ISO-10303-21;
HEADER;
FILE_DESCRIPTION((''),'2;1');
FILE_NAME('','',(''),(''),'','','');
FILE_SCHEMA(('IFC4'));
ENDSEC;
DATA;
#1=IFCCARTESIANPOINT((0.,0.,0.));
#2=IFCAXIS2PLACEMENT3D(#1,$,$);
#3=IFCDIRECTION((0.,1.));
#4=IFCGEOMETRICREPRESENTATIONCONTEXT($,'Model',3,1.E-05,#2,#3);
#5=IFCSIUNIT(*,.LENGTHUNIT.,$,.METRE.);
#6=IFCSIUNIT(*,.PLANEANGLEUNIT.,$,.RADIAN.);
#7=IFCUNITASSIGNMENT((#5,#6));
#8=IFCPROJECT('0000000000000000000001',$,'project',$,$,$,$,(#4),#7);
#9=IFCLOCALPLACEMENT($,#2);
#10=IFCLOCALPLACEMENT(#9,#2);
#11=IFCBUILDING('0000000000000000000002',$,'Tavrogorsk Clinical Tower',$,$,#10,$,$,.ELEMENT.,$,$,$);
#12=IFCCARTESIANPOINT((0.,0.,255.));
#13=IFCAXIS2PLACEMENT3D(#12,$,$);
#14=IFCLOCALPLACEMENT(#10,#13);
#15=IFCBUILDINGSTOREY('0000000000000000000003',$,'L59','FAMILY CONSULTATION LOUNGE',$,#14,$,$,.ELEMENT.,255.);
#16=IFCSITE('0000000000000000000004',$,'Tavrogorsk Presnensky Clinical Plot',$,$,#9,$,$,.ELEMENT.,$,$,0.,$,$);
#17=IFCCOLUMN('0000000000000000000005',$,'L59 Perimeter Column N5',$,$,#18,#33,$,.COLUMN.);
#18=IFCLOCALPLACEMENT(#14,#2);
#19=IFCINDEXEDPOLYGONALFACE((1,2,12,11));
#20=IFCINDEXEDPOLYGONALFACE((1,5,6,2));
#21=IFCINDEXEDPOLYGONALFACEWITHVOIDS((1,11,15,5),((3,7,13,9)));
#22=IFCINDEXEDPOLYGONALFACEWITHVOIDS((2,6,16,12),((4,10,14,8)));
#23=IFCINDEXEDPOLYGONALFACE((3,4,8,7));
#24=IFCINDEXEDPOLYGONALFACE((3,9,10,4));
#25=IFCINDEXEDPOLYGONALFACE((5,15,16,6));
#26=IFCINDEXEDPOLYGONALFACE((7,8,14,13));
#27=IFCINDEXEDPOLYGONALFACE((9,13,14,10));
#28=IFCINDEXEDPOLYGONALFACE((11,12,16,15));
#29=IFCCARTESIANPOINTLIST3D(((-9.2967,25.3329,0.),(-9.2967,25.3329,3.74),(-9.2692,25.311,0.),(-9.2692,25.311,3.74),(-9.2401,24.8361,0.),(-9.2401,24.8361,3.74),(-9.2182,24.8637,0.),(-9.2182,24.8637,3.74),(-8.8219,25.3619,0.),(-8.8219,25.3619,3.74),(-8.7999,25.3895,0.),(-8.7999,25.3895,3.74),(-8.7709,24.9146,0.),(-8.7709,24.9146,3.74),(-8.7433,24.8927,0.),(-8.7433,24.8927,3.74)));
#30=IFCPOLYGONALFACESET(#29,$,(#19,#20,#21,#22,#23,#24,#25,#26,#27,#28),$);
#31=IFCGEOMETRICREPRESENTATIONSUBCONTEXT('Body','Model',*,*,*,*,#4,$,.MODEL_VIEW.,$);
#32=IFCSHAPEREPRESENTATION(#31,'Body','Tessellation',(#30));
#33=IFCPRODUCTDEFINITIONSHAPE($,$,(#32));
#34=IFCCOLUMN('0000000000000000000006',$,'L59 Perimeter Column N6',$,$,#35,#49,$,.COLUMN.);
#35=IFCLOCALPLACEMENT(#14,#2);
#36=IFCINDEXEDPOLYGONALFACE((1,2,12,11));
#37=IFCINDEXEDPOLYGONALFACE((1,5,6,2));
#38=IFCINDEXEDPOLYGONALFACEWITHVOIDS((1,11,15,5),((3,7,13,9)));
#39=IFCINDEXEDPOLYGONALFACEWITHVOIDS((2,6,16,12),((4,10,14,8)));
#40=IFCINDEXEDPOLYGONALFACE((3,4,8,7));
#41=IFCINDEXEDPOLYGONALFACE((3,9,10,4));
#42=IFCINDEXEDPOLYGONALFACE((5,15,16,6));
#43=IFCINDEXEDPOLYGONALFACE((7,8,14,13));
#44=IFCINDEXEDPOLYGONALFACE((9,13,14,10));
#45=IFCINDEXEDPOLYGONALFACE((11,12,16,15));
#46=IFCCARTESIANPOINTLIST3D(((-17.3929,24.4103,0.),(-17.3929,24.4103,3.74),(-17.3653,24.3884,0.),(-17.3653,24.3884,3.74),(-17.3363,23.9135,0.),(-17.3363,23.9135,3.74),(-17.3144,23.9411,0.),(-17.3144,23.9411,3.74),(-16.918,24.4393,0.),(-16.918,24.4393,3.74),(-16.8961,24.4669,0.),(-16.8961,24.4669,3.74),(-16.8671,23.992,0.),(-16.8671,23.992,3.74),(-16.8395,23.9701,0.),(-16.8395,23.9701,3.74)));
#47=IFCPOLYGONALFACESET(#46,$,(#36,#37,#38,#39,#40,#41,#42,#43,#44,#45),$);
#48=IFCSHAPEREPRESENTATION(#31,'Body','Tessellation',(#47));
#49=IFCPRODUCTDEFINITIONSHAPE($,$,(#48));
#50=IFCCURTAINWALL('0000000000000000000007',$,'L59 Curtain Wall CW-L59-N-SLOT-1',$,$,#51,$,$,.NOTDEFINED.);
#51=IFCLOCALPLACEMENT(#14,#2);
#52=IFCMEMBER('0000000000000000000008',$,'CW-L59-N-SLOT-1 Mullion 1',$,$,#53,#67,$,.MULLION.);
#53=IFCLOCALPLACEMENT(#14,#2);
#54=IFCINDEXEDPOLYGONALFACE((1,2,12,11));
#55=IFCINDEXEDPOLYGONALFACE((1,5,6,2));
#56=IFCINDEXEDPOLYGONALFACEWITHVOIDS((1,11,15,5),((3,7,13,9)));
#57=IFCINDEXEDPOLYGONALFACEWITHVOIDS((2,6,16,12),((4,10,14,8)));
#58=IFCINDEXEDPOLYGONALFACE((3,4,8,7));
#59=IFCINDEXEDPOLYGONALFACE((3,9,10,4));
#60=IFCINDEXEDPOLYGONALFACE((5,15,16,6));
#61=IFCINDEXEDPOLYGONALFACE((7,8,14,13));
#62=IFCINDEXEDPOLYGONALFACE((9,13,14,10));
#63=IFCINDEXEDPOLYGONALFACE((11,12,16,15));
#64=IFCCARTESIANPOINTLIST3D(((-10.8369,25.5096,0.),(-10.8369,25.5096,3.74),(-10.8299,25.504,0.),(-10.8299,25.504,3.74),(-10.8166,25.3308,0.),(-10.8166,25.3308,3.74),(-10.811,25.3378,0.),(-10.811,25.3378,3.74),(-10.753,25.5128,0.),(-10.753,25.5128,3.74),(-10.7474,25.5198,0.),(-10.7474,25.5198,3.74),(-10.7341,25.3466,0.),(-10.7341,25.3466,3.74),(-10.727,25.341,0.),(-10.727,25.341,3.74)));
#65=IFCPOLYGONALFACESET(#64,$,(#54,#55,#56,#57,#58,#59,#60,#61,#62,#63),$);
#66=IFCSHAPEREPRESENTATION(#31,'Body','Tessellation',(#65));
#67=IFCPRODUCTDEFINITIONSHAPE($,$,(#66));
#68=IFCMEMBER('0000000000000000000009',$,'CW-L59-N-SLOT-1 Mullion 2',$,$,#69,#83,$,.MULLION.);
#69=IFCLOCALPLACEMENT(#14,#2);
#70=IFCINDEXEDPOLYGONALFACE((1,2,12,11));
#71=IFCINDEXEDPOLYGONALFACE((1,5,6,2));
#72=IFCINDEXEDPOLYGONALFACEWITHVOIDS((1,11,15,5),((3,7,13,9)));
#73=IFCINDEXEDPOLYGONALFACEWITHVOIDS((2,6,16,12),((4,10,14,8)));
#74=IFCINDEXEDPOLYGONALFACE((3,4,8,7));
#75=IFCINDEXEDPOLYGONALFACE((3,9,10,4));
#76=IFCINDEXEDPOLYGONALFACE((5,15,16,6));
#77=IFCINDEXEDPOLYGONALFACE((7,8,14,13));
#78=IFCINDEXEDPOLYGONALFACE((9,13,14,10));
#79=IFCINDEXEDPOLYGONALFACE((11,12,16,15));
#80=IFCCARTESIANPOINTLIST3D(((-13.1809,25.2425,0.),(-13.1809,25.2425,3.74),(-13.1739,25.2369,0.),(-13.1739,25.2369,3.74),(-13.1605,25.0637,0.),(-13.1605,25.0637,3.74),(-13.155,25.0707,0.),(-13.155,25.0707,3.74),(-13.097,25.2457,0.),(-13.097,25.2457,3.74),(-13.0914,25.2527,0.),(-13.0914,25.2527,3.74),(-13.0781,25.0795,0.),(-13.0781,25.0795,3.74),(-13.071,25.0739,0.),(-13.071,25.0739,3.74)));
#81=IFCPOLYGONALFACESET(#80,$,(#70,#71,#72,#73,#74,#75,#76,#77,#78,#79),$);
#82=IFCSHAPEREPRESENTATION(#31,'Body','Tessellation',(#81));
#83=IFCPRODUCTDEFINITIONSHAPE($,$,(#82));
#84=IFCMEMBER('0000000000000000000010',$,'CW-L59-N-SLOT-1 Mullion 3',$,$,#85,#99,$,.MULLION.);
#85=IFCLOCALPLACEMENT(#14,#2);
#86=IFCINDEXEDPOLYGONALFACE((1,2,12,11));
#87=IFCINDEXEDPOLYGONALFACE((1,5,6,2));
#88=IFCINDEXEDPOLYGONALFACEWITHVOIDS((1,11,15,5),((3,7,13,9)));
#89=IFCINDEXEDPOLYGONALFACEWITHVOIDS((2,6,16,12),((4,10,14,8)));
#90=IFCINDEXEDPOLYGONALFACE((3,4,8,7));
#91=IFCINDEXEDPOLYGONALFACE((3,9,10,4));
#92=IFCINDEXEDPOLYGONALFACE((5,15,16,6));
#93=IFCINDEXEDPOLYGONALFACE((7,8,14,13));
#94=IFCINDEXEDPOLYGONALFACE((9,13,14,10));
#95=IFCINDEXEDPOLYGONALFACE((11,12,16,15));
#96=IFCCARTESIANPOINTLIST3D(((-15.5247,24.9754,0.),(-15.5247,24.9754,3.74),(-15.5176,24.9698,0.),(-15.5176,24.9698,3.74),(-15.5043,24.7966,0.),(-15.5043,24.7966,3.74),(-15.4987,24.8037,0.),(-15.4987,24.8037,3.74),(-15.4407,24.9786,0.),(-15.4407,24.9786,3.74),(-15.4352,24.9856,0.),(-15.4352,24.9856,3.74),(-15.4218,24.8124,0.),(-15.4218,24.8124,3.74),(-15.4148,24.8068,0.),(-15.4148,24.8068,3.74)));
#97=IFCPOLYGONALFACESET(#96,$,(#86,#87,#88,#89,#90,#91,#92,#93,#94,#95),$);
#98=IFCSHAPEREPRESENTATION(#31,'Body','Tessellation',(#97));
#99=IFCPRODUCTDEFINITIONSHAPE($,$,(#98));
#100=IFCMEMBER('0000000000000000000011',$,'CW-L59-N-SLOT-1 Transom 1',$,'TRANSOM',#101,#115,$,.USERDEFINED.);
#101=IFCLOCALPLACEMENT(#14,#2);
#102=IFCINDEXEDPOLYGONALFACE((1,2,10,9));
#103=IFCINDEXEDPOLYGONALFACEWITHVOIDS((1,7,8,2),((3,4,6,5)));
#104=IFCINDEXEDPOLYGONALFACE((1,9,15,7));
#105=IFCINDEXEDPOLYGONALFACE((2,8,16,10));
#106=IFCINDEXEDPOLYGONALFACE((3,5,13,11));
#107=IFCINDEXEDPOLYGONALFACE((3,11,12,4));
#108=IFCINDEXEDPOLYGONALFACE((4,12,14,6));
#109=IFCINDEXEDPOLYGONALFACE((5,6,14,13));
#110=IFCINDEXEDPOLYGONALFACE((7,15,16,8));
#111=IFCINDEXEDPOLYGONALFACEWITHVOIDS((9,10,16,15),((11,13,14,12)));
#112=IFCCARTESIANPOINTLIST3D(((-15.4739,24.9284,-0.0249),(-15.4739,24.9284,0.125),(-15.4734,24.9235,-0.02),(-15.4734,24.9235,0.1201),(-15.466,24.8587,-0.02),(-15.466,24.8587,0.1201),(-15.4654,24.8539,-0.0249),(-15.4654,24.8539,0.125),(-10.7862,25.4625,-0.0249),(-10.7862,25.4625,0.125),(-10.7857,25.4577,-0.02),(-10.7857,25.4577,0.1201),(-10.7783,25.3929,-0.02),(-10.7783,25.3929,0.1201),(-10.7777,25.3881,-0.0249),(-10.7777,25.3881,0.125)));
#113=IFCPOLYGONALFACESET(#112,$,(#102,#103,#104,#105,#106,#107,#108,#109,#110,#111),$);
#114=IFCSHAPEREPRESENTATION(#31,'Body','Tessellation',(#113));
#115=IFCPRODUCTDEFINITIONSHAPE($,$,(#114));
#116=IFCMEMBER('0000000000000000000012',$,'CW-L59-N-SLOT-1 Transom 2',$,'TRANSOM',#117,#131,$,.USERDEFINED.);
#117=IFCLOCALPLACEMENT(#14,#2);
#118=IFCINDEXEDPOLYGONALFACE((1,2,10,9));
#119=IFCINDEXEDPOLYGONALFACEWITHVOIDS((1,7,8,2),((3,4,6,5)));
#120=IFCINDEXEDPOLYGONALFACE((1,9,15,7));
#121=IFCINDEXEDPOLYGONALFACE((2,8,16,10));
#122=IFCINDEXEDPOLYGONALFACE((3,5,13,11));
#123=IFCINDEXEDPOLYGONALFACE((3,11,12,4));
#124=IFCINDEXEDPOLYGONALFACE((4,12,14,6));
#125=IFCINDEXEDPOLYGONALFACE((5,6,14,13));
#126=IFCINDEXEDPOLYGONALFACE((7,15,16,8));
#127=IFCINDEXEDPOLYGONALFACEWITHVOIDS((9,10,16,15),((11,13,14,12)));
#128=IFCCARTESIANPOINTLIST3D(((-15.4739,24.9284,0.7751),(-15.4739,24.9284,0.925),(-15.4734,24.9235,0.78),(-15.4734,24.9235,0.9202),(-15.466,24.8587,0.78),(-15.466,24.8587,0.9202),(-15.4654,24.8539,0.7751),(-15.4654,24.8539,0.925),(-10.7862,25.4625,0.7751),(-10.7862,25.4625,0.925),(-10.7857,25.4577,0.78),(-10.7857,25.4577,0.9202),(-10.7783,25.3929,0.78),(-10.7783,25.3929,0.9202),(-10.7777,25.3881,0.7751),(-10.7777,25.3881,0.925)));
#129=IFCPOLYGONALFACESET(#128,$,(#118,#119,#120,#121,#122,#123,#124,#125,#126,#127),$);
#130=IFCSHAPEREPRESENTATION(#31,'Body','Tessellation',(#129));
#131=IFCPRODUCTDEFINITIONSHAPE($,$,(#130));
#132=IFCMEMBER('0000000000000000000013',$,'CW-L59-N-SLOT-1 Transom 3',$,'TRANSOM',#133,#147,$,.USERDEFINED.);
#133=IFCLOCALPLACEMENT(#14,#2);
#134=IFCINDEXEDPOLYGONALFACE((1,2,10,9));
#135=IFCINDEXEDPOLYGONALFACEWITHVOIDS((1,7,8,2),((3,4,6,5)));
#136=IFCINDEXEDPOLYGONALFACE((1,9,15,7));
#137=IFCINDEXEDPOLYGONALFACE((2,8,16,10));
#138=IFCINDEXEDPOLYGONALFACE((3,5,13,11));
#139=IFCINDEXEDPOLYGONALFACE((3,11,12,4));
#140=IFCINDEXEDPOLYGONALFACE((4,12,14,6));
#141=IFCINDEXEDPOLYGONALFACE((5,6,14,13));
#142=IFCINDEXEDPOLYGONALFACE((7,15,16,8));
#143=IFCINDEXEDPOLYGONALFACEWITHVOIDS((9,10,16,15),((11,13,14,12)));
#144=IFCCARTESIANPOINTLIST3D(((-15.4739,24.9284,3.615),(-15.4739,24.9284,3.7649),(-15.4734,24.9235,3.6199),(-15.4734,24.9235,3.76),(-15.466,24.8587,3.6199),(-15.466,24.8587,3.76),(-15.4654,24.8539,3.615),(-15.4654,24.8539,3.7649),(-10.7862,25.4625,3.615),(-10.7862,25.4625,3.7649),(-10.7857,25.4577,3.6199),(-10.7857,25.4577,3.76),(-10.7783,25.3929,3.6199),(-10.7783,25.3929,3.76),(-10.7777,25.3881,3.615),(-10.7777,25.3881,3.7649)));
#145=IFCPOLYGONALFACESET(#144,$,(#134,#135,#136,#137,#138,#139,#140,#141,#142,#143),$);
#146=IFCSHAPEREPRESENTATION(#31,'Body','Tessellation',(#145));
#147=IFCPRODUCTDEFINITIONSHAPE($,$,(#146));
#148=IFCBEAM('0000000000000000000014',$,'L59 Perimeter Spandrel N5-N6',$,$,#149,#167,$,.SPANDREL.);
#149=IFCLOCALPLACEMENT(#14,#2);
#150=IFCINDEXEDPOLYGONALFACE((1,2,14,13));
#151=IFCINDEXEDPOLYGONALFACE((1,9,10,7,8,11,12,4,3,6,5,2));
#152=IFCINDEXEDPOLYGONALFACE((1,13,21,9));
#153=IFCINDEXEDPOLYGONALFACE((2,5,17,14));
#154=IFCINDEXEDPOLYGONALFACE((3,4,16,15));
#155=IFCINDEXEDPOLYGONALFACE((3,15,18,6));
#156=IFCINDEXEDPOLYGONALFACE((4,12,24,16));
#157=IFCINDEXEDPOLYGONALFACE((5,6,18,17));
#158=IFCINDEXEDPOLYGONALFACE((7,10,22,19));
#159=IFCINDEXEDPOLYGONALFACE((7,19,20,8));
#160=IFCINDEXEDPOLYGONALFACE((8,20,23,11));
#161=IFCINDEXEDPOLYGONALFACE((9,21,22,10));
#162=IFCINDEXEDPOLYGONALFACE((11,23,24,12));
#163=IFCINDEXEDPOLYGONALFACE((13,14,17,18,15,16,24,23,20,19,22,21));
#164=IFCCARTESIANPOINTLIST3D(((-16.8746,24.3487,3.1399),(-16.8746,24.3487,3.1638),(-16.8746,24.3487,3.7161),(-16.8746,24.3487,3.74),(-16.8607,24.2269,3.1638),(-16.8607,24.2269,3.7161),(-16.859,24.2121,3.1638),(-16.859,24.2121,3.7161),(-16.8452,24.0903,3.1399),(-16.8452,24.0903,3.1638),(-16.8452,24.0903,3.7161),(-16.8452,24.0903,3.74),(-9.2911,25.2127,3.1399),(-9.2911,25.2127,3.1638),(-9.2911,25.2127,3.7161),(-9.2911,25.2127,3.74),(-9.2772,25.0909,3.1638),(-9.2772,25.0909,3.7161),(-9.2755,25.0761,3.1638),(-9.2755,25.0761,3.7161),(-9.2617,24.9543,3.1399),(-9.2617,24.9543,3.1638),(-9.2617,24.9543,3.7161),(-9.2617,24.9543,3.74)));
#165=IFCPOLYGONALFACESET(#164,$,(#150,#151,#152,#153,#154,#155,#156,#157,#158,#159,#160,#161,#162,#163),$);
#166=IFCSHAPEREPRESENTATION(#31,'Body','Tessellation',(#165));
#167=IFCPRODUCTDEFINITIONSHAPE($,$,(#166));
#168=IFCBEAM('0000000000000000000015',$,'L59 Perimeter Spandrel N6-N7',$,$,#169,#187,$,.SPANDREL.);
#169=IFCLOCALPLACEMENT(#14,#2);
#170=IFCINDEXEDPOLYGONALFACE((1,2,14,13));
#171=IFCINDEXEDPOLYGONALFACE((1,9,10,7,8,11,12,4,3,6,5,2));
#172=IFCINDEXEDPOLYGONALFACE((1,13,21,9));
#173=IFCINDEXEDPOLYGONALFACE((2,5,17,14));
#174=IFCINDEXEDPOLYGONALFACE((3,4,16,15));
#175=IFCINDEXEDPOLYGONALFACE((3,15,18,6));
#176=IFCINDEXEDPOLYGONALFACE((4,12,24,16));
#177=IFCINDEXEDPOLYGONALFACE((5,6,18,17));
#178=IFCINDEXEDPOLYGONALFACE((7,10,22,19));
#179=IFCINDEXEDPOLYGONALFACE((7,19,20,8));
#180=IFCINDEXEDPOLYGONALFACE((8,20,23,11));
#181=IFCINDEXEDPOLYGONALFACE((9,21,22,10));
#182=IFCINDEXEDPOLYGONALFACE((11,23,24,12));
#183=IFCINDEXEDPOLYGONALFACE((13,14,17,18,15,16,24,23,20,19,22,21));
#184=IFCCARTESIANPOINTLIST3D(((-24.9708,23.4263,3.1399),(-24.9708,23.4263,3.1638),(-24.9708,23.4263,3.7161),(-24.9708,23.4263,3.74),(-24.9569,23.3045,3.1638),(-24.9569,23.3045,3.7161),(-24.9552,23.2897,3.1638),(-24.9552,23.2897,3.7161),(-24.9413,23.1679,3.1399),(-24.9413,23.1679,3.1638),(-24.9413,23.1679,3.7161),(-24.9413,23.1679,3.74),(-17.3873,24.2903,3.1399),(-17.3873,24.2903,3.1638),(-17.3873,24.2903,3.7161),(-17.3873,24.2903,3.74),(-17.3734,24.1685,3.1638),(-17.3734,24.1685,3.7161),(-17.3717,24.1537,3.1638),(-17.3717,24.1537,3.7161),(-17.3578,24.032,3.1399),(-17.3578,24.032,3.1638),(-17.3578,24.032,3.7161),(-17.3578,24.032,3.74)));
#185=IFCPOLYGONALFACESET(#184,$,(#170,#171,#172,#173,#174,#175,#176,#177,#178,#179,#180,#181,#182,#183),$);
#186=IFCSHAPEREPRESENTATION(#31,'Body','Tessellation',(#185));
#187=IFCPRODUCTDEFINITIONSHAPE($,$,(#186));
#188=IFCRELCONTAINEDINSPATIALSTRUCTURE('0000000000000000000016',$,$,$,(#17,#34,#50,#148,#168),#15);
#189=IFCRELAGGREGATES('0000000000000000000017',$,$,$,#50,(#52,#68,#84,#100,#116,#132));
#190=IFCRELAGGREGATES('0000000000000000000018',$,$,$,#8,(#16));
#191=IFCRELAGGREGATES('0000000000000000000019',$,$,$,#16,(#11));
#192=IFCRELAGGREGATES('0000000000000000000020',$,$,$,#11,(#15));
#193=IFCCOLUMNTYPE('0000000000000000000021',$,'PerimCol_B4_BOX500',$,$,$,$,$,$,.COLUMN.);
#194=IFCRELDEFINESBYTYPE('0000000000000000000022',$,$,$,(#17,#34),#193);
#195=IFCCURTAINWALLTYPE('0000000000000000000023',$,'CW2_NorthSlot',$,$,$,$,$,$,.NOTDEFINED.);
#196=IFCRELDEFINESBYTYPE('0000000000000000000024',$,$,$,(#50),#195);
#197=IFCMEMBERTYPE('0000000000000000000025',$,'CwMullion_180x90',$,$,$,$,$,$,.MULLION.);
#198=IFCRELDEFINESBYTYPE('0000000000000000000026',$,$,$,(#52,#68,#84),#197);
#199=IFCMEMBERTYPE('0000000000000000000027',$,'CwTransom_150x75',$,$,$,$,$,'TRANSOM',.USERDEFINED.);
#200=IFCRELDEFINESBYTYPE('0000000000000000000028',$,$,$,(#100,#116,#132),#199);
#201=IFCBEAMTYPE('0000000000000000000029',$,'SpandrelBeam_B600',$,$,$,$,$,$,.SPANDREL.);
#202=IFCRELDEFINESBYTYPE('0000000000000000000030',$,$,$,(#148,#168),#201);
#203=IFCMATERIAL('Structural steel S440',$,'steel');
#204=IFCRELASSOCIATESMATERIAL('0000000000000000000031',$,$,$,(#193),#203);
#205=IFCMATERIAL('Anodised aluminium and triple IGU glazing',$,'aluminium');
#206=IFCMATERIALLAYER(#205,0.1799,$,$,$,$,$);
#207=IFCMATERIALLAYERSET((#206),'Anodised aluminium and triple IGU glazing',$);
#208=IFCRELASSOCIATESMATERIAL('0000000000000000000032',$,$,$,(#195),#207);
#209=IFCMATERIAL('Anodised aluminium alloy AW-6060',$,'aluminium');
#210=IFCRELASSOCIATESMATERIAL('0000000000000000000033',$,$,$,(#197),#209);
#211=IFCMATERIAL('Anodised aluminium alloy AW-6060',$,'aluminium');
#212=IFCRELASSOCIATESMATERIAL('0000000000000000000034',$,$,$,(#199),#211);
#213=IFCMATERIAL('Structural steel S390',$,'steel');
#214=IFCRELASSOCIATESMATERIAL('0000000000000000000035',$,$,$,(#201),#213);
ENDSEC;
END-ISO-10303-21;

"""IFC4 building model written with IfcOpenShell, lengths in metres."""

from ifc_helpers import new_model, si_unit, direction, frame, origin, origin_2d, place, context, subcontext, project, spatial, hollow_rectangle, i_section, extrude, material, layer, layer_set, material_profile, profile_set, type_object, element, aggregate, save


model = new_model("IFC4")

# Units and contexts
model_context = context("Model", 3, precision=1e-05, world=origin(), true_north=direction((0.0, 1.0)))
body_context = subcontext(model_context, "Body", "Model", "MODEL_VIEW")
ifc_project = project(units=[si_unit("LENGTHUNIT", "METRE"), si_unit("PLANEANGLEUNIT", "RADIAN")], contexts=[model_context])

# Site, building, storey
site_placement = place(None, origin())
site = spatial("IfcSite", under=ifc_project, at=site_placement, Name="Tavrogorsk Presnensky Clinical Plot", CompositionType="ELEMENT", RefElevation=0.0)
building_placement = place(site_placement, origin())
building = spatial("IfcBuilding", under=site, at=building_placement, Name="Tavrogorsk Clinical Tower", CompositionType="ELEMENT")
storey_placement = place(building_placement, frame((0.0, 0.0, 255.0)))
storey = spatial("IfcBuildingStorey", under=building, at=storey_placement, Name="L59", Description="FAMILY CONSULTATION LOUNGE", CompositionType="ELEMENT", Elevation=255.0)

# Columns
ifc_material_1 = material(Name="Structural steel S440", Category="steel")
ifc_material_profile_1 = material_profile(ifc_material_1, hollow_rectangle(XDim=0.5, YDim=0.5, WallThickness=0.0249, at=origin_2d()), Name="BOX-500x500x25")
ifc_profile_set_1 = profile_set([ifc_material_profile_1], Name="Structural steel S440")
column_type = type_object("IfcColumnType", Name="PerimCol_B4_BOX500", PredefinedType="COLUMN", material=ifc_profile_set_1)
for number, where, z_axis, x_axis, name in (
    (1, (-9.02, 25.1128, 0.0), (0.0, 0.0, 1.0), (0.993572, 0.113203, 0.0), "L59 Perimeter Column N5"),
    (2, (-17.1162, 24.1902, 0.0), (0.0, 0.0, 1.0), (0.993572, 0.113203, 0.0), "L59 Perimeter Column N6"),
):
    element("IfcColumn", number, at=place(storey_placement, frame(where, z_axis=z_axis, x_axis=x_axis)), inside=storey, type_object=column_type, Name=name, PredefinedType="COLUMN", context=body_context, shape_type="SweptSolid", body=[
        extrude(hollow_rectangle(XDim=0.5, YDim=0.5, WallThickness=0.0249, at=origin_2d()), origin(), (0.0, 0.0, 1.0), 3.74),
    ])

# Curtain wall, members
ifc_material_2 = material(Name="Anodised aluminium and triple IGU glazing", Category="aluminium")
ifc_layer_1 = layer(ifc_material_2, 0.1799)
ifc_layer_set_1 = layer_set([ifc_layer_1], Name="Anodised aluminium and triple IGU glazing")
curtain_wall_type = type_object("IfcCurtainWallType", Name="CW2_NorthSlot", PredefinedType="NOTDEFINED", material=ifc_layer_set_1)
curtain_wall_placement = place(storey_placement, origin())
curtain_wall = element("IfcCurtainWall", 3, at=curtain_wall_placement, inside=storey, type_object=curtain_wall_type, Name="L59 Curtain Wall CW-L59-N-SLOT-1", PredefinedType="NOTDEFINED")
ifc_material_3 = material(Name="Anodised aluminium alloy AW-6060", Category="aluminium")
ifc_material_profile_2 = material_profile(ifc_material_3, hollow_rectangle(XDim=0.0901, YDim=0.1799, WallThickness=0.0063, at=origin_2d()), Name="RHS-180x90x6.3")
ifc_profile_set_2 = profile_set([ifc_material_profile_2], Name="Anodised aluminium alloy AW-6060")
member_type_1 = type_object("IfcMemberType", Name="CwMullion_180x90", PredefinedType="MULLION", material=ifc_profile_set_2)
member_1_placement = place(storey_placement, frame((-10.782, 25.4253, 0.0), z_axis=(0.0, 0.0, 1.0), x_axis=(-0.993572, -0.113203, 0.0)))
member_1 = element("IfcMember", 4, at=member_1_placement, type_object=member_type_1, Name="CW-L59-N-SLOT-1 Mullion 1", PredefinedType="MULLION", context=body_context, shape_type="SweptSolid", body=[
    extrude(hollow_rectangle(XDim=0.0901, YDim=0.1799, WallThickness=0.0063, at=origin_2d()), origin(), (0.0, 0.0, 1.0), 3.74),
])
member_2_placement = place(storey_placement, frame((-13.126, 25.1582, 0.0), z_axis=(0.0, 0.0, 1.0), x_axis=(-0.993572, -0.113203, 0.0)))
member_2 = element("IfcMember", 5, at=member_2_placement, type_object=member_type_1, Name="CW-L59-N-SLOT-1 Mullion 2", PredefinedType="MULLION", context=body_context, shape_type="SweptSolid", body=[
    extrude(hollow_rectangle(XDim=0.0901, YDim=0.1799, WallThickness=0.0063, at=origin_2d()), origin(), (0.0, 0.0, 1.0), 3.74),
])
member_3_placement = place(storey_placement, frame((-15.4697, 24.8911, 0.0), z_axis=(0.0, 0.0, 1.0), x_axis=(-0.993572, -0.113203, 0.0)))
member_3 = element("IfcMember", 6, at=member_3_placement, type_object=member_type_1, Name="CW-L59-N-SLOT-1 Mullion 3", PredefinedType="MULLION", context=body_context, shape_type="SweptSolid", body=[
    extrude(hollow_rectangle(XDim=0.0901, YDim=0.1799, WallThickness=0.0063, at=origin_2d()), origin(), (0.0, 0.0, 1.0), 3.74),
])
ifc_material_4 = material(Name="Anodised aluminium alloy AW-6060", Category="aluminium")
ifc_material_profile_3 = material_profile(ifc_material_4, hollow_rectangle(XDim=0.075, YDim=0.1499, WallThickness=0.0049, at=origin_2d()), Name="RHS-150x75x5")
ifc_profile_set_3 = profile_set([ifc_material_profile_3], Name="Anodised aluminium alloy AW-6060")
member_type_2 = type_object("IfcMemberType", Name="CwTransom_150x75", ElementType="TRANSOM", PredefinedType="USERDEFINED", material=ifc_profile_set_3)
member_4_placement = place(storey_placement, frame((-10.782, 25.4253, 0.05), z_axis=(-0.99357, -0.11322, 0.0), x_axis=(0.11322, -0.99357, 0.0)))
member_4 = element("IfcMember", 7, at=member_4_placement, type_object=member_type_2, Name="CW-L59-N-SLOT-1 Transom 1", ObjectType="TRANSOM", PredefinedType="USERDEFINED", context=body_context, shape_type="SweptSolid", body=[
    extrude(hollow_rectangle(XDim=0.075, YDim=0.1499, WallThickness=0.0049, at=origin_2d()), origin(), (0.0, 0.0, 1.0), 4.718),
])
member_5_placement = place(storey_placement, frame((-10.782, 25.4253, 0.8501), z_axis=(-0.99357, -0.11322, 0.0), x_axis=(0.11322, -0.99357, 0.0)))
member_5 = element("IfcMember", 8, at=member_5_placement, type_object=member_type_2, Name="CW-L59-N-SLOT-1 Transom 2", ObjectType="TRANSOM", PredefinedType="USERDEFINED", context=body_context, shape_type="SweptSolid", body=[
    extrude(hollow_rectangle(XDim=0.075, YDim=0.1499, WallThickness=0.0049, at=origin_2d()), origin(), (0.0, 0.0, 1.0), 4.718),
])
member_6_placement = place(storey_placement, frame((-10.782, 25.4253, 3.6899), z_axis=(-0.99357, -0.11322, 0.0), x_axis=(0.11322, -0.99357, 0.0)))
member_6 = element("IfcMember", 9, at=member_6_placement, type_object=member_type_2, Name="CW-L59-N-SLOT-1 Transom 3", ObjectType="TRANSOM", PredefinedType="USERDEFINED", context=body_context, shape_type="SweptSolid", body=[
    extrude(hollow_rectangle(XDim=0.075, YDim=0.1499, WallThickness=0.0049, at=origin_2d()), origin(), (0.0, 0.0, 1.0), 4.718),
])

# Beams
ifc_material_5 = material(Name="Structural steel S390", Category="steel")
ifc_material_profile_4 = material_profile(ifc_material_5, i_section(OverallWidth=0.26, OverallDepth=0.6001, WebThickness=0.0149, FlangeThickness=0.0239, at=origin_2d()), Name="B-600x260x15x24")
ifc_profile_set_4 = profile_set([ifc_material_profile_4], Name="Structural steel S390")
beam_type = type_object("IfcBeamType", Name="SpandrelBeam_B600", PredefinedType="SPANDREL", material=ifc_profile_set_4)
for number, where, z_axis, x_axis, name in (
    (10, (-9.2764, 25.0835, 3.4399), (-0.993572, -0.113201, 0.0), (0.113201, -0.993572, 0.0), "L59 Perimeter Spandrel N5-N6"),
    (11, (-17.3726, 24.1611, 3.4399), (-0.993572, -0.113201, 0.0), (0.113201, -0.993572, 0.0), "L59 Perimeter Spandrel N6-N7"),
):
    element("IfcBeam", number, at=place(storey_placement, frame(where, z_axis=z_axis, x_axis=x_axis)), inside=storey, type_object=beam_type, Name=name, PredefinedType="SPANDREL", context=body_context, shape_type="SweptSolid", body=[
        extrude(i_section(OverallWidth=0.26, OverallDepth=0.6001, WebThickness=0.0149, FlangeThickness=0.0239, at=origin_2d()), origin(), (0.0, 0.0, 1.0), 7.6326),
    ])

aggregate(curtain_wall, [member_1, member_2, member_3, member_4, member_5, member_6])

save(model, "model.ifc")
